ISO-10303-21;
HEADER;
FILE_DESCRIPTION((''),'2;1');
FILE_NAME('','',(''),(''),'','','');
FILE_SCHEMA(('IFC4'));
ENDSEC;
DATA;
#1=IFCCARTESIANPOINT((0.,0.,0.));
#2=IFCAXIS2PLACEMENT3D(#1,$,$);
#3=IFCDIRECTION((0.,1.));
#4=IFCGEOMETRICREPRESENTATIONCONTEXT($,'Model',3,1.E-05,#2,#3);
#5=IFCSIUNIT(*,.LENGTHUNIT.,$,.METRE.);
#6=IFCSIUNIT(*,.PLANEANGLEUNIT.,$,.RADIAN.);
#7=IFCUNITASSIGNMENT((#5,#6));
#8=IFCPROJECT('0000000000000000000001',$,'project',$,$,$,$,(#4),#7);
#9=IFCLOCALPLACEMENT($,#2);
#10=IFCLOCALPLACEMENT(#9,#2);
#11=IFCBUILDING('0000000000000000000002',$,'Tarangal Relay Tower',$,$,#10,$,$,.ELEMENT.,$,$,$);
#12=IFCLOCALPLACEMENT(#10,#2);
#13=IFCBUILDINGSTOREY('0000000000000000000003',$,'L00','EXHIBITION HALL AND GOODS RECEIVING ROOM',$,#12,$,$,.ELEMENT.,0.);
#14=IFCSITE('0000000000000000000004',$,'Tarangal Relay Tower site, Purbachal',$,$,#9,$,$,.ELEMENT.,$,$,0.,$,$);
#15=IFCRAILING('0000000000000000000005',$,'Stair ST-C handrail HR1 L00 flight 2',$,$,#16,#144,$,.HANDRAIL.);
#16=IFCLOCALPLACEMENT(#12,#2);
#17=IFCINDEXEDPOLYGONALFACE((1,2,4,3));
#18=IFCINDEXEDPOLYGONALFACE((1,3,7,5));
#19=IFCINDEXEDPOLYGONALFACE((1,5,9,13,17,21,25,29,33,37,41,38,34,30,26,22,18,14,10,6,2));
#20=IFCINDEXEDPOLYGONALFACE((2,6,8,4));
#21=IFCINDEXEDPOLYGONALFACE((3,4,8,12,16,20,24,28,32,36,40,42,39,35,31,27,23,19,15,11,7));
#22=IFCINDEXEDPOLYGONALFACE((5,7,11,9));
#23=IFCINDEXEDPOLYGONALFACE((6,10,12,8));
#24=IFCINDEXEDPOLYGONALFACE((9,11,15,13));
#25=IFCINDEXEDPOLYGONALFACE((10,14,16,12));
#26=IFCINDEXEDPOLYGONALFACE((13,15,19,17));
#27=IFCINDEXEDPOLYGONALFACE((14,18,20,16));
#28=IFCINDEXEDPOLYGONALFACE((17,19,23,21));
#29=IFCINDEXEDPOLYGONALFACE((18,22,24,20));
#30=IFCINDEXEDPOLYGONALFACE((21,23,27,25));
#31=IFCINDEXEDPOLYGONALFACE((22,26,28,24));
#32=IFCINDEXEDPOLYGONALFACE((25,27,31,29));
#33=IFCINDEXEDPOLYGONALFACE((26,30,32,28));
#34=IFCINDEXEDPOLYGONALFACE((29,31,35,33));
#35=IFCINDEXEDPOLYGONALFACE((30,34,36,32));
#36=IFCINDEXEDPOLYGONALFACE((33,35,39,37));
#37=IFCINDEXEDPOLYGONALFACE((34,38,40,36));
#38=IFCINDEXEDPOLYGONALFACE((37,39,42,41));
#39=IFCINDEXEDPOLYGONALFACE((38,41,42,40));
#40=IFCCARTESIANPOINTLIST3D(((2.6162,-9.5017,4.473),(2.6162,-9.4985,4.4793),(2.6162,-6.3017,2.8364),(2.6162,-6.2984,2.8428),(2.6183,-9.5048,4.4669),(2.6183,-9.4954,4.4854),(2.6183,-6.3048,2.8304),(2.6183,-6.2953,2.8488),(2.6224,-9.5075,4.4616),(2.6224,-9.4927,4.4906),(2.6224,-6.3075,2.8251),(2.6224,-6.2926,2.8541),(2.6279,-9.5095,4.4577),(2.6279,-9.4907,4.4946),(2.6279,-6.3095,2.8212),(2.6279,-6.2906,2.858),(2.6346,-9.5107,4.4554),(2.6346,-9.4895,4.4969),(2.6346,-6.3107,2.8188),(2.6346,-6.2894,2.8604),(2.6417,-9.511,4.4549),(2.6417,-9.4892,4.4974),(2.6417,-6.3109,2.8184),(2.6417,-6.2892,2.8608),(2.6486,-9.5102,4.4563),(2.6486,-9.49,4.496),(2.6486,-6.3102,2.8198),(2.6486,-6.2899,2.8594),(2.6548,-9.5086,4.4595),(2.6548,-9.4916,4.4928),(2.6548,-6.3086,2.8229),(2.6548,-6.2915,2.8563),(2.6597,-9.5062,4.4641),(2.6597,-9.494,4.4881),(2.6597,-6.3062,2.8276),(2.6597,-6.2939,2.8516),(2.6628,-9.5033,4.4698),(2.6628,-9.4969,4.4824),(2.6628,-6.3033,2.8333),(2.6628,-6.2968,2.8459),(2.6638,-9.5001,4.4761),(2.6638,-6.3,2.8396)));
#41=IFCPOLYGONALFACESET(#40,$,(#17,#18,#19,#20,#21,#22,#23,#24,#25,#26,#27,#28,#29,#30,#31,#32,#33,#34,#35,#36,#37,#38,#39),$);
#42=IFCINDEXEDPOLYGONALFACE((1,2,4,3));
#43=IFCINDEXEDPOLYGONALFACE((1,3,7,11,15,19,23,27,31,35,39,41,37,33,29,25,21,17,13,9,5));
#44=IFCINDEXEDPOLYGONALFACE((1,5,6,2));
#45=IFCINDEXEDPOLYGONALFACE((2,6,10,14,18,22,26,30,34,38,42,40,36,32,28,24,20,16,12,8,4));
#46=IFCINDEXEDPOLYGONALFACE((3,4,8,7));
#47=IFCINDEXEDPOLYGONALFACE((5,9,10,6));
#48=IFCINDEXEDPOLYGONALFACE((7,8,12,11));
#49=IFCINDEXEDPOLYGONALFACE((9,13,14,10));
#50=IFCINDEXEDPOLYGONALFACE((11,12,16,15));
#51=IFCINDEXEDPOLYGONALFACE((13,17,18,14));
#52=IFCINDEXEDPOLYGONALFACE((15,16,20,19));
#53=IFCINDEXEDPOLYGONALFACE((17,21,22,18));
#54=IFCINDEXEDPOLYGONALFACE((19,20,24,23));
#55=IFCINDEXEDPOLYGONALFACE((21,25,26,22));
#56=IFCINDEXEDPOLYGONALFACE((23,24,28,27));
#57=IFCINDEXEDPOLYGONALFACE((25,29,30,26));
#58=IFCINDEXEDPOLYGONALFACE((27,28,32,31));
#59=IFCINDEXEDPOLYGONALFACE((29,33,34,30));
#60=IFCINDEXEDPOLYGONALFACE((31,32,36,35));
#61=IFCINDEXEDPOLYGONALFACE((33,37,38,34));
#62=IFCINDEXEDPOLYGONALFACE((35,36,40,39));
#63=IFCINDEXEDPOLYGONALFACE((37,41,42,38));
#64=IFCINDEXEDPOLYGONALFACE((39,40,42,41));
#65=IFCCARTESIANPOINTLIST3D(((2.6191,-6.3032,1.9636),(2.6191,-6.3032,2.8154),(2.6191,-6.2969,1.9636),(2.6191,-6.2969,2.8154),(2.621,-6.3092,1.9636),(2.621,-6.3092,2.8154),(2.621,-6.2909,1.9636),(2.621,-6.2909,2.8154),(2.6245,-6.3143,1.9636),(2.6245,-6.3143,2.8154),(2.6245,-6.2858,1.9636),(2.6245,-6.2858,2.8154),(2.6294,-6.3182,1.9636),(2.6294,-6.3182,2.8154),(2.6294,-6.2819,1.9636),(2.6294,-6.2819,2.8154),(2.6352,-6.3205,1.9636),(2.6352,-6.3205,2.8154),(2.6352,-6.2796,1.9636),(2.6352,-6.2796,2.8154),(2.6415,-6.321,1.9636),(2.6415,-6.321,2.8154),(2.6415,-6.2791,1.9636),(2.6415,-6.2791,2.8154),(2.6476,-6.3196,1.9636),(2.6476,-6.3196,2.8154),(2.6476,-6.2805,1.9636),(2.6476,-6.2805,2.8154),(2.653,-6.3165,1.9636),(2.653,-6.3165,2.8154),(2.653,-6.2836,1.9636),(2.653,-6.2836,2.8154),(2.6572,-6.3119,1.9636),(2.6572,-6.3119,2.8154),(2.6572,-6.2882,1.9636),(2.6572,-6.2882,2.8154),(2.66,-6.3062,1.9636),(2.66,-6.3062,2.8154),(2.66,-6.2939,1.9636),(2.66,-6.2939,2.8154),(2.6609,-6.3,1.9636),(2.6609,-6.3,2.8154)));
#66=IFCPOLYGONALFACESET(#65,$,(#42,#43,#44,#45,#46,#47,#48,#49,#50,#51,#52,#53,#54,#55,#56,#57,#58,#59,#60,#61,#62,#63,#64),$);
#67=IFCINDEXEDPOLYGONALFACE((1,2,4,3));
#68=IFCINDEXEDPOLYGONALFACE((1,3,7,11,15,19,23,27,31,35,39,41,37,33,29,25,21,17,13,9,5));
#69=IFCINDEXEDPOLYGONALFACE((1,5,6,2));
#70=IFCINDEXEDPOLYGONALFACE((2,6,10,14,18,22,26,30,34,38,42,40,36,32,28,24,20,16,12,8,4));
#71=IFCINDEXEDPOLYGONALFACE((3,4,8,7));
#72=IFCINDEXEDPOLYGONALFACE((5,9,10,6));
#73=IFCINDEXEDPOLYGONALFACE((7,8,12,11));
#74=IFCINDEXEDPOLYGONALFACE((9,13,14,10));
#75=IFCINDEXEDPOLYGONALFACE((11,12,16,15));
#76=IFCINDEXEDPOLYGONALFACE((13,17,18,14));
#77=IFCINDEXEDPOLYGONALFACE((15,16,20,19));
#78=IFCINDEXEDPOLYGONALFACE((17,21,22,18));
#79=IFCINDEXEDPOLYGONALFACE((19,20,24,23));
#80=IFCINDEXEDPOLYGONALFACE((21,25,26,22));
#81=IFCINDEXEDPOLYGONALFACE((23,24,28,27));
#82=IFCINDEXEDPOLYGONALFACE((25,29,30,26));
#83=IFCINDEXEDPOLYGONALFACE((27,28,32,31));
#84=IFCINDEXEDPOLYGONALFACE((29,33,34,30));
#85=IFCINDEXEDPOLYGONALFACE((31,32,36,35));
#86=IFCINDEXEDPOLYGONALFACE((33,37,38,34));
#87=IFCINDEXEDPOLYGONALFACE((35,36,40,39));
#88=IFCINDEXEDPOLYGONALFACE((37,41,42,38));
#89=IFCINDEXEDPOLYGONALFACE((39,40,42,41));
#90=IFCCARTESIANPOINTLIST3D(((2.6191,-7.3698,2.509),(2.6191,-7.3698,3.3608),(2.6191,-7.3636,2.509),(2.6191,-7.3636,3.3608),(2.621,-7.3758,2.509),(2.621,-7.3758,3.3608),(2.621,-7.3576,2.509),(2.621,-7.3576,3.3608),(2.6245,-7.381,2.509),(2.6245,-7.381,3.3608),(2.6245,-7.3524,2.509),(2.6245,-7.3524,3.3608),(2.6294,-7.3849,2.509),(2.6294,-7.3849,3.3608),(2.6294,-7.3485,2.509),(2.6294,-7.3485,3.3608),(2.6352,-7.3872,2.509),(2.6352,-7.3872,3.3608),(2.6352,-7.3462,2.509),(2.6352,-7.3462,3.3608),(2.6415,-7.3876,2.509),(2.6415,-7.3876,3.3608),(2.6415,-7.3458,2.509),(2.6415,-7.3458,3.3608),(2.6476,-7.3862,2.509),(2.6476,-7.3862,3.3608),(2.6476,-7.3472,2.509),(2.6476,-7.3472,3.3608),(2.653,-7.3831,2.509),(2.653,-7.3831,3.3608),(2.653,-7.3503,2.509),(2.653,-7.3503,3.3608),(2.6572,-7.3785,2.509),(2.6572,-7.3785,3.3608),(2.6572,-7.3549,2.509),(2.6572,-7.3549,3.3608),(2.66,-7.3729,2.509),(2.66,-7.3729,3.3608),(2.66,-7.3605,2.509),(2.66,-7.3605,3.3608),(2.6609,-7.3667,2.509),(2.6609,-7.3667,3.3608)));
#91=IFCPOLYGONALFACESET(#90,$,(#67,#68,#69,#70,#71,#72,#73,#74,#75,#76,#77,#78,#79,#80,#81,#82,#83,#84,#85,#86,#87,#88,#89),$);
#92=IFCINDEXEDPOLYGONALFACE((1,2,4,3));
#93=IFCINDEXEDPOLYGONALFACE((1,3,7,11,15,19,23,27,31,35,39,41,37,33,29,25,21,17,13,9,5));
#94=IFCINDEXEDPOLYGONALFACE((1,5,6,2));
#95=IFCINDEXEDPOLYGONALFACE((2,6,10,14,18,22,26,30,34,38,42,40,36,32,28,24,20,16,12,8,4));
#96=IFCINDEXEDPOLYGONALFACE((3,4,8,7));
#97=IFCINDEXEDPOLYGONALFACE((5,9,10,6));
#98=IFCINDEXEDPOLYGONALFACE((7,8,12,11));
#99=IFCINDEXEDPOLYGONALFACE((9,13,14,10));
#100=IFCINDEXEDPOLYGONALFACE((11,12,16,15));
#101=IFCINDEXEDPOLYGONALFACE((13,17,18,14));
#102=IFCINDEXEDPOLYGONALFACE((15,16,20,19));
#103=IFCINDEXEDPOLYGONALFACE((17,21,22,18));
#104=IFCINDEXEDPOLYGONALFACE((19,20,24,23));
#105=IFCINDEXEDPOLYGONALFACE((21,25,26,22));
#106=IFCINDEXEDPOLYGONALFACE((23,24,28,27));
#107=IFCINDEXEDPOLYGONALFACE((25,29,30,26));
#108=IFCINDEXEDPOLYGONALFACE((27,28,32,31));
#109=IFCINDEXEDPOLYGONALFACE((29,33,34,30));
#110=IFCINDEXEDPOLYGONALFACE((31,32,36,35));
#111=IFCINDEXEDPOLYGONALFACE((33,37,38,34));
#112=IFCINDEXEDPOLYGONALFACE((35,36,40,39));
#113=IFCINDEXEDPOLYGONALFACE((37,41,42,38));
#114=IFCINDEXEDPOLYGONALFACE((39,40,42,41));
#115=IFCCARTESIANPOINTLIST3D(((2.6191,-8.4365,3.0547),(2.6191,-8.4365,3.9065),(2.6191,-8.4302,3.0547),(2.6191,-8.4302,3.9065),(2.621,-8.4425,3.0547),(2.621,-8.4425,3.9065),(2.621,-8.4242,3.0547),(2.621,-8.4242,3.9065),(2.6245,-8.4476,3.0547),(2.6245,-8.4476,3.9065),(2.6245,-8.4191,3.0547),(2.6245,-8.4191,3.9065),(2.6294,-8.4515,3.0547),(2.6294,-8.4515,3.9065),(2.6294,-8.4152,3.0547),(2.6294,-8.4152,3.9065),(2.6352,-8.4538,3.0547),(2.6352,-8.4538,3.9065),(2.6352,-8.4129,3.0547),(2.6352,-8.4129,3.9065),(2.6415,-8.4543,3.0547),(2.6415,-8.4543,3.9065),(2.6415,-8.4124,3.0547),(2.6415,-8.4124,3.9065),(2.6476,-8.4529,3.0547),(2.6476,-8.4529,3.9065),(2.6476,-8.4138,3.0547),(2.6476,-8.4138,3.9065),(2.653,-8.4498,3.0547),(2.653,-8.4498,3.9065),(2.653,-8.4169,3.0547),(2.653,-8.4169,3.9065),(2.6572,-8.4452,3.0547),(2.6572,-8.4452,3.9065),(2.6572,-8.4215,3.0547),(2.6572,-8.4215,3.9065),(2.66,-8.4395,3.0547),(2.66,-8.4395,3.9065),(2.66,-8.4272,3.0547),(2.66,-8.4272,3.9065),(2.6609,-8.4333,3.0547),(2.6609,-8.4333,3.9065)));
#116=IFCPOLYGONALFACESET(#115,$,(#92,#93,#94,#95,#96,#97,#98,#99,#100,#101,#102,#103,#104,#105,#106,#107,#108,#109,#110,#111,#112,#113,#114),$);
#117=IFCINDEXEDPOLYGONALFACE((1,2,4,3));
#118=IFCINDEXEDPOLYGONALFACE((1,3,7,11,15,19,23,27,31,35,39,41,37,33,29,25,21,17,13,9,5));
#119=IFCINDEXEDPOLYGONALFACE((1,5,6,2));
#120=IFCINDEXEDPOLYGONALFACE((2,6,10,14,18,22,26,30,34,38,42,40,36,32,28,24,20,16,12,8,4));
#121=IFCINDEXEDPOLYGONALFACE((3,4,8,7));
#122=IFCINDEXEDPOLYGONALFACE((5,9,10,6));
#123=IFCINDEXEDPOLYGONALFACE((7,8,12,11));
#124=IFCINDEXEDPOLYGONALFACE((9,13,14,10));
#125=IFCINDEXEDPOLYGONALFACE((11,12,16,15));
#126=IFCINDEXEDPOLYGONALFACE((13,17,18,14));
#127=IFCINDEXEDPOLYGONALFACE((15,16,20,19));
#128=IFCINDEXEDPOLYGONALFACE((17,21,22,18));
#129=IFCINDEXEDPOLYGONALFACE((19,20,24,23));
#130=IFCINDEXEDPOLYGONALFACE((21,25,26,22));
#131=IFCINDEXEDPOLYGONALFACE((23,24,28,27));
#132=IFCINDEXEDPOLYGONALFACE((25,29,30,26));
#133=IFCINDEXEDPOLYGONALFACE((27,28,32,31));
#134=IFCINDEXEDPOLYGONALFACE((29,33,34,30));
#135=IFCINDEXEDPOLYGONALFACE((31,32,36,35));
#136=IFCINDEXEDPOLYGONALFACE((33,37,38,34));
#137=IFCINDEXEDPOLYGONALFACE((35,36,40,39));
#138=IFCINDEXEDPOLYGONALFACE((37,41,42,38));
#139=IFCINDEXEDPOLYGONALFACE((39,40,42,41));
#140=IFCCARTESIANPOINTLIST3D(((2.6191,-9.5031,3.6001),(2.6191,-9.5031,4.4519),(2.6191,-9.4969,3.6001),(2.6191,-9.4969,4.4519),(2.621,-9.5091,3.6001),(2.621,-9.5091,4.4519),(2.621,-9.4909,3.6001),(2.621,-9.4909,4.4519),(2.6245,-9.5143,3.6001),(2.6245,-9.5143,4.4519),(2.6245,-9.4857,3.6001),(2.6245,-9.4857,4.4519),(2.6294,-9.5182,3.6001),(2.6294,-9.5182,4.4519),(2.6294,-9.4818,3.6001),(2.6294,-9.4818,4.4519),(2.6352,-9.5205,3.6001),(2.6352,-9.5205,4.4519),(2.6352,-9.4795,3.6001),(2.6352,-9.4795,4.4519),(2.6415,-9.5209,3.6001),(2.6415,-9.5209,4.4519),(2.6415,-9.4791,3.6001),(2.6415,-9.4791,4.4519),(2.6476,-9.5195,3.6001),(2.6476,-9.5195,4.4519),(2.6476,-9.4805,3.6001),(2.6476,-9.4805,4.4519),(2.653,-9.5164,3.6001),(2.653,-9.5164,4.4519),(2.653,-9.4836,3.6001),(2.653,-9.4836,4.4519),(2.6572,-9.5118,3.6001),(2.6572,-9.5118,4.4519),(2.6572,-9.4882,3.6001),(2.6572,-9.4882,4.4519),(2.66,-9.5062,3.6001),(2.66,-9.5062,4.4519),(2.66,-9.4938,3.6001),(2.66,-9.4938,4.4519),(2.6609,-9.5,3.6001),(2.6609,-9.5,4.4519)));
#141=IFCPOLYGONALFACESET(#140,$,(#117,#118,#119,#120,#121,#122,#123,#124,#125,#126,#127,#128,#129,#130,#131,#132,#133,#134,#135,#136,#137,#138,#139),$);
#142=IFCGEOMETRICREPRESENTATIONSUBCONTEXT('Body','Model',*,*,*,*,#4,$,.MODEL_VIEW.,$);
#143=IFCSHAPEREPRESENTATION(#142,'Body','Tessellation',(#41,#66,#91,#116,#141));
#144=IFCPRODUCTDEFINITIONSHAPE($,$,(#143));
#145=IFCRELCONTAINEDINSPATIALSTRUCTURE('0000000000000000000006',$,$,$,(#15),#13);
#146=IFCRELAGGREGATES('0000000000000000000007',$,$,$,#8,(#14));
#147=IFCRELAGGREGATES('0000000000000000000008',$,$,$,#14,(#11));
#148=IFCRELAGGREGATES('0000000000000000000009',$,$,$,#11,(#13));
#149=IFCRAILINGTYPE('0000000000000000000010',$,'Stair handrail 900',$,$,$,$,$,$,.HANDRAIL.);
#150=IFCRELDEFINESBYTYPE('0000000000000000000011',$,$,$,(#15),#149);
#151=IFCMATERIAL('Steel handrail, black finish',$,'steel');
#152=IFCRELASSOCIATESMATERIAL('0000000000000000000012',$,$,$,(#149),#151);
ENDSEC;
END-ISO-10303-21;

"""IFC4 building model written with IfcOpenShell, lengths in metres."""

from ifc_helpers import new_model, si_unit, direction, frame, origin, origin_2d, place, context, subcontext, project, spatial, circle, extrude, material, type_object, element, save


model = new_model("IFC4")

# Units and contexts
model_context = context("Model", 3, precision=1e-05, world=origin(), true_north=direction((0.0, 1.0)))
body_context = subcontext(model_context, "Body", "Model", "MODEL_VIEW")
ifc_project = project(units=[si_unit("LENGTHUNIT", "METRE"), si_unit("PLANEANGLEUNIT", "RADIAN")], contexts=[model_context])

# Site, building, storey
site_placement = place(None, origin())
site = spatial("IfcSite", under=ifc_project, at=site_placement, Name="Tarangal Relay Tower site, Purbachal", CompositionType="ELEMENT", RefElevation=0.0)
building_placement = place(site_placement, origin())
building = spatial("IfcBuilding", under=site, at=building_placement, Name="Tarangal Relay Tower", CompositionType="ELEMENT")
storey_placement = place(building_placement, origin())
storey = spatial("IfcBuildingStorey", under=building, at=storey_placement, Name="L00", Description="EXHIBITION HALL AND GOODS RECEIVING ROOM", CompositionType="ELEMENT", Elevation=0.0)

# Railing
ifc_material_1 = material(Name="Steel handrail, black finish", Category="steel")
railing_type = type_object("IfcRailingType", Name="Stair handrail 900", PredefinedType="HANDRAIL", material=ifc_material_1)
railing_1_placement = place(storey_placement, frame((2.6399, -6.3, 1.9636)))
element("IfcRailing", 1, at=railing_1_placement, inside=storey, type_object=railing_type, Name="Stair ST-C handrail HR1 L00 flight 2", PredefinedType="HANDRAIL", context=body_context, shape_type="SweptSolid", body=[
    extrude(circle(Radius=0.0239, at=origin_2d()), frame((0.0, 0.0, 0.876), z_axis=(0.0, -0.890328, 0.455319), x_axis=(1.0, 0.0, 0.0)), (0.0, 0.0, 1.0), 3.5942),
    extrude(circle(Radius=0.021, at=origin_2d()), origin(), (0.0, 0.0, 1.0), 0.8518),
    extrude(circle(Radius=0.021, at=origin_2d()), frame((0.0, -1.0667, 0.5454)), (0.0, 0.0, 1.0), 0.8518),
    extrude(circle(Radius=0.021, at=origin_2d()), frame((0.0, -2.1333, 1.0911)), (0.0, 0.0, 1.0), 0.8518),
    extrude(circle(Radius=0.021, at=origin_2d()), frame((0.0, -3.2, 1.6365)), (0.0, 0.0, 1.0), 0.8518),
])

save(model, "model.ifc")
